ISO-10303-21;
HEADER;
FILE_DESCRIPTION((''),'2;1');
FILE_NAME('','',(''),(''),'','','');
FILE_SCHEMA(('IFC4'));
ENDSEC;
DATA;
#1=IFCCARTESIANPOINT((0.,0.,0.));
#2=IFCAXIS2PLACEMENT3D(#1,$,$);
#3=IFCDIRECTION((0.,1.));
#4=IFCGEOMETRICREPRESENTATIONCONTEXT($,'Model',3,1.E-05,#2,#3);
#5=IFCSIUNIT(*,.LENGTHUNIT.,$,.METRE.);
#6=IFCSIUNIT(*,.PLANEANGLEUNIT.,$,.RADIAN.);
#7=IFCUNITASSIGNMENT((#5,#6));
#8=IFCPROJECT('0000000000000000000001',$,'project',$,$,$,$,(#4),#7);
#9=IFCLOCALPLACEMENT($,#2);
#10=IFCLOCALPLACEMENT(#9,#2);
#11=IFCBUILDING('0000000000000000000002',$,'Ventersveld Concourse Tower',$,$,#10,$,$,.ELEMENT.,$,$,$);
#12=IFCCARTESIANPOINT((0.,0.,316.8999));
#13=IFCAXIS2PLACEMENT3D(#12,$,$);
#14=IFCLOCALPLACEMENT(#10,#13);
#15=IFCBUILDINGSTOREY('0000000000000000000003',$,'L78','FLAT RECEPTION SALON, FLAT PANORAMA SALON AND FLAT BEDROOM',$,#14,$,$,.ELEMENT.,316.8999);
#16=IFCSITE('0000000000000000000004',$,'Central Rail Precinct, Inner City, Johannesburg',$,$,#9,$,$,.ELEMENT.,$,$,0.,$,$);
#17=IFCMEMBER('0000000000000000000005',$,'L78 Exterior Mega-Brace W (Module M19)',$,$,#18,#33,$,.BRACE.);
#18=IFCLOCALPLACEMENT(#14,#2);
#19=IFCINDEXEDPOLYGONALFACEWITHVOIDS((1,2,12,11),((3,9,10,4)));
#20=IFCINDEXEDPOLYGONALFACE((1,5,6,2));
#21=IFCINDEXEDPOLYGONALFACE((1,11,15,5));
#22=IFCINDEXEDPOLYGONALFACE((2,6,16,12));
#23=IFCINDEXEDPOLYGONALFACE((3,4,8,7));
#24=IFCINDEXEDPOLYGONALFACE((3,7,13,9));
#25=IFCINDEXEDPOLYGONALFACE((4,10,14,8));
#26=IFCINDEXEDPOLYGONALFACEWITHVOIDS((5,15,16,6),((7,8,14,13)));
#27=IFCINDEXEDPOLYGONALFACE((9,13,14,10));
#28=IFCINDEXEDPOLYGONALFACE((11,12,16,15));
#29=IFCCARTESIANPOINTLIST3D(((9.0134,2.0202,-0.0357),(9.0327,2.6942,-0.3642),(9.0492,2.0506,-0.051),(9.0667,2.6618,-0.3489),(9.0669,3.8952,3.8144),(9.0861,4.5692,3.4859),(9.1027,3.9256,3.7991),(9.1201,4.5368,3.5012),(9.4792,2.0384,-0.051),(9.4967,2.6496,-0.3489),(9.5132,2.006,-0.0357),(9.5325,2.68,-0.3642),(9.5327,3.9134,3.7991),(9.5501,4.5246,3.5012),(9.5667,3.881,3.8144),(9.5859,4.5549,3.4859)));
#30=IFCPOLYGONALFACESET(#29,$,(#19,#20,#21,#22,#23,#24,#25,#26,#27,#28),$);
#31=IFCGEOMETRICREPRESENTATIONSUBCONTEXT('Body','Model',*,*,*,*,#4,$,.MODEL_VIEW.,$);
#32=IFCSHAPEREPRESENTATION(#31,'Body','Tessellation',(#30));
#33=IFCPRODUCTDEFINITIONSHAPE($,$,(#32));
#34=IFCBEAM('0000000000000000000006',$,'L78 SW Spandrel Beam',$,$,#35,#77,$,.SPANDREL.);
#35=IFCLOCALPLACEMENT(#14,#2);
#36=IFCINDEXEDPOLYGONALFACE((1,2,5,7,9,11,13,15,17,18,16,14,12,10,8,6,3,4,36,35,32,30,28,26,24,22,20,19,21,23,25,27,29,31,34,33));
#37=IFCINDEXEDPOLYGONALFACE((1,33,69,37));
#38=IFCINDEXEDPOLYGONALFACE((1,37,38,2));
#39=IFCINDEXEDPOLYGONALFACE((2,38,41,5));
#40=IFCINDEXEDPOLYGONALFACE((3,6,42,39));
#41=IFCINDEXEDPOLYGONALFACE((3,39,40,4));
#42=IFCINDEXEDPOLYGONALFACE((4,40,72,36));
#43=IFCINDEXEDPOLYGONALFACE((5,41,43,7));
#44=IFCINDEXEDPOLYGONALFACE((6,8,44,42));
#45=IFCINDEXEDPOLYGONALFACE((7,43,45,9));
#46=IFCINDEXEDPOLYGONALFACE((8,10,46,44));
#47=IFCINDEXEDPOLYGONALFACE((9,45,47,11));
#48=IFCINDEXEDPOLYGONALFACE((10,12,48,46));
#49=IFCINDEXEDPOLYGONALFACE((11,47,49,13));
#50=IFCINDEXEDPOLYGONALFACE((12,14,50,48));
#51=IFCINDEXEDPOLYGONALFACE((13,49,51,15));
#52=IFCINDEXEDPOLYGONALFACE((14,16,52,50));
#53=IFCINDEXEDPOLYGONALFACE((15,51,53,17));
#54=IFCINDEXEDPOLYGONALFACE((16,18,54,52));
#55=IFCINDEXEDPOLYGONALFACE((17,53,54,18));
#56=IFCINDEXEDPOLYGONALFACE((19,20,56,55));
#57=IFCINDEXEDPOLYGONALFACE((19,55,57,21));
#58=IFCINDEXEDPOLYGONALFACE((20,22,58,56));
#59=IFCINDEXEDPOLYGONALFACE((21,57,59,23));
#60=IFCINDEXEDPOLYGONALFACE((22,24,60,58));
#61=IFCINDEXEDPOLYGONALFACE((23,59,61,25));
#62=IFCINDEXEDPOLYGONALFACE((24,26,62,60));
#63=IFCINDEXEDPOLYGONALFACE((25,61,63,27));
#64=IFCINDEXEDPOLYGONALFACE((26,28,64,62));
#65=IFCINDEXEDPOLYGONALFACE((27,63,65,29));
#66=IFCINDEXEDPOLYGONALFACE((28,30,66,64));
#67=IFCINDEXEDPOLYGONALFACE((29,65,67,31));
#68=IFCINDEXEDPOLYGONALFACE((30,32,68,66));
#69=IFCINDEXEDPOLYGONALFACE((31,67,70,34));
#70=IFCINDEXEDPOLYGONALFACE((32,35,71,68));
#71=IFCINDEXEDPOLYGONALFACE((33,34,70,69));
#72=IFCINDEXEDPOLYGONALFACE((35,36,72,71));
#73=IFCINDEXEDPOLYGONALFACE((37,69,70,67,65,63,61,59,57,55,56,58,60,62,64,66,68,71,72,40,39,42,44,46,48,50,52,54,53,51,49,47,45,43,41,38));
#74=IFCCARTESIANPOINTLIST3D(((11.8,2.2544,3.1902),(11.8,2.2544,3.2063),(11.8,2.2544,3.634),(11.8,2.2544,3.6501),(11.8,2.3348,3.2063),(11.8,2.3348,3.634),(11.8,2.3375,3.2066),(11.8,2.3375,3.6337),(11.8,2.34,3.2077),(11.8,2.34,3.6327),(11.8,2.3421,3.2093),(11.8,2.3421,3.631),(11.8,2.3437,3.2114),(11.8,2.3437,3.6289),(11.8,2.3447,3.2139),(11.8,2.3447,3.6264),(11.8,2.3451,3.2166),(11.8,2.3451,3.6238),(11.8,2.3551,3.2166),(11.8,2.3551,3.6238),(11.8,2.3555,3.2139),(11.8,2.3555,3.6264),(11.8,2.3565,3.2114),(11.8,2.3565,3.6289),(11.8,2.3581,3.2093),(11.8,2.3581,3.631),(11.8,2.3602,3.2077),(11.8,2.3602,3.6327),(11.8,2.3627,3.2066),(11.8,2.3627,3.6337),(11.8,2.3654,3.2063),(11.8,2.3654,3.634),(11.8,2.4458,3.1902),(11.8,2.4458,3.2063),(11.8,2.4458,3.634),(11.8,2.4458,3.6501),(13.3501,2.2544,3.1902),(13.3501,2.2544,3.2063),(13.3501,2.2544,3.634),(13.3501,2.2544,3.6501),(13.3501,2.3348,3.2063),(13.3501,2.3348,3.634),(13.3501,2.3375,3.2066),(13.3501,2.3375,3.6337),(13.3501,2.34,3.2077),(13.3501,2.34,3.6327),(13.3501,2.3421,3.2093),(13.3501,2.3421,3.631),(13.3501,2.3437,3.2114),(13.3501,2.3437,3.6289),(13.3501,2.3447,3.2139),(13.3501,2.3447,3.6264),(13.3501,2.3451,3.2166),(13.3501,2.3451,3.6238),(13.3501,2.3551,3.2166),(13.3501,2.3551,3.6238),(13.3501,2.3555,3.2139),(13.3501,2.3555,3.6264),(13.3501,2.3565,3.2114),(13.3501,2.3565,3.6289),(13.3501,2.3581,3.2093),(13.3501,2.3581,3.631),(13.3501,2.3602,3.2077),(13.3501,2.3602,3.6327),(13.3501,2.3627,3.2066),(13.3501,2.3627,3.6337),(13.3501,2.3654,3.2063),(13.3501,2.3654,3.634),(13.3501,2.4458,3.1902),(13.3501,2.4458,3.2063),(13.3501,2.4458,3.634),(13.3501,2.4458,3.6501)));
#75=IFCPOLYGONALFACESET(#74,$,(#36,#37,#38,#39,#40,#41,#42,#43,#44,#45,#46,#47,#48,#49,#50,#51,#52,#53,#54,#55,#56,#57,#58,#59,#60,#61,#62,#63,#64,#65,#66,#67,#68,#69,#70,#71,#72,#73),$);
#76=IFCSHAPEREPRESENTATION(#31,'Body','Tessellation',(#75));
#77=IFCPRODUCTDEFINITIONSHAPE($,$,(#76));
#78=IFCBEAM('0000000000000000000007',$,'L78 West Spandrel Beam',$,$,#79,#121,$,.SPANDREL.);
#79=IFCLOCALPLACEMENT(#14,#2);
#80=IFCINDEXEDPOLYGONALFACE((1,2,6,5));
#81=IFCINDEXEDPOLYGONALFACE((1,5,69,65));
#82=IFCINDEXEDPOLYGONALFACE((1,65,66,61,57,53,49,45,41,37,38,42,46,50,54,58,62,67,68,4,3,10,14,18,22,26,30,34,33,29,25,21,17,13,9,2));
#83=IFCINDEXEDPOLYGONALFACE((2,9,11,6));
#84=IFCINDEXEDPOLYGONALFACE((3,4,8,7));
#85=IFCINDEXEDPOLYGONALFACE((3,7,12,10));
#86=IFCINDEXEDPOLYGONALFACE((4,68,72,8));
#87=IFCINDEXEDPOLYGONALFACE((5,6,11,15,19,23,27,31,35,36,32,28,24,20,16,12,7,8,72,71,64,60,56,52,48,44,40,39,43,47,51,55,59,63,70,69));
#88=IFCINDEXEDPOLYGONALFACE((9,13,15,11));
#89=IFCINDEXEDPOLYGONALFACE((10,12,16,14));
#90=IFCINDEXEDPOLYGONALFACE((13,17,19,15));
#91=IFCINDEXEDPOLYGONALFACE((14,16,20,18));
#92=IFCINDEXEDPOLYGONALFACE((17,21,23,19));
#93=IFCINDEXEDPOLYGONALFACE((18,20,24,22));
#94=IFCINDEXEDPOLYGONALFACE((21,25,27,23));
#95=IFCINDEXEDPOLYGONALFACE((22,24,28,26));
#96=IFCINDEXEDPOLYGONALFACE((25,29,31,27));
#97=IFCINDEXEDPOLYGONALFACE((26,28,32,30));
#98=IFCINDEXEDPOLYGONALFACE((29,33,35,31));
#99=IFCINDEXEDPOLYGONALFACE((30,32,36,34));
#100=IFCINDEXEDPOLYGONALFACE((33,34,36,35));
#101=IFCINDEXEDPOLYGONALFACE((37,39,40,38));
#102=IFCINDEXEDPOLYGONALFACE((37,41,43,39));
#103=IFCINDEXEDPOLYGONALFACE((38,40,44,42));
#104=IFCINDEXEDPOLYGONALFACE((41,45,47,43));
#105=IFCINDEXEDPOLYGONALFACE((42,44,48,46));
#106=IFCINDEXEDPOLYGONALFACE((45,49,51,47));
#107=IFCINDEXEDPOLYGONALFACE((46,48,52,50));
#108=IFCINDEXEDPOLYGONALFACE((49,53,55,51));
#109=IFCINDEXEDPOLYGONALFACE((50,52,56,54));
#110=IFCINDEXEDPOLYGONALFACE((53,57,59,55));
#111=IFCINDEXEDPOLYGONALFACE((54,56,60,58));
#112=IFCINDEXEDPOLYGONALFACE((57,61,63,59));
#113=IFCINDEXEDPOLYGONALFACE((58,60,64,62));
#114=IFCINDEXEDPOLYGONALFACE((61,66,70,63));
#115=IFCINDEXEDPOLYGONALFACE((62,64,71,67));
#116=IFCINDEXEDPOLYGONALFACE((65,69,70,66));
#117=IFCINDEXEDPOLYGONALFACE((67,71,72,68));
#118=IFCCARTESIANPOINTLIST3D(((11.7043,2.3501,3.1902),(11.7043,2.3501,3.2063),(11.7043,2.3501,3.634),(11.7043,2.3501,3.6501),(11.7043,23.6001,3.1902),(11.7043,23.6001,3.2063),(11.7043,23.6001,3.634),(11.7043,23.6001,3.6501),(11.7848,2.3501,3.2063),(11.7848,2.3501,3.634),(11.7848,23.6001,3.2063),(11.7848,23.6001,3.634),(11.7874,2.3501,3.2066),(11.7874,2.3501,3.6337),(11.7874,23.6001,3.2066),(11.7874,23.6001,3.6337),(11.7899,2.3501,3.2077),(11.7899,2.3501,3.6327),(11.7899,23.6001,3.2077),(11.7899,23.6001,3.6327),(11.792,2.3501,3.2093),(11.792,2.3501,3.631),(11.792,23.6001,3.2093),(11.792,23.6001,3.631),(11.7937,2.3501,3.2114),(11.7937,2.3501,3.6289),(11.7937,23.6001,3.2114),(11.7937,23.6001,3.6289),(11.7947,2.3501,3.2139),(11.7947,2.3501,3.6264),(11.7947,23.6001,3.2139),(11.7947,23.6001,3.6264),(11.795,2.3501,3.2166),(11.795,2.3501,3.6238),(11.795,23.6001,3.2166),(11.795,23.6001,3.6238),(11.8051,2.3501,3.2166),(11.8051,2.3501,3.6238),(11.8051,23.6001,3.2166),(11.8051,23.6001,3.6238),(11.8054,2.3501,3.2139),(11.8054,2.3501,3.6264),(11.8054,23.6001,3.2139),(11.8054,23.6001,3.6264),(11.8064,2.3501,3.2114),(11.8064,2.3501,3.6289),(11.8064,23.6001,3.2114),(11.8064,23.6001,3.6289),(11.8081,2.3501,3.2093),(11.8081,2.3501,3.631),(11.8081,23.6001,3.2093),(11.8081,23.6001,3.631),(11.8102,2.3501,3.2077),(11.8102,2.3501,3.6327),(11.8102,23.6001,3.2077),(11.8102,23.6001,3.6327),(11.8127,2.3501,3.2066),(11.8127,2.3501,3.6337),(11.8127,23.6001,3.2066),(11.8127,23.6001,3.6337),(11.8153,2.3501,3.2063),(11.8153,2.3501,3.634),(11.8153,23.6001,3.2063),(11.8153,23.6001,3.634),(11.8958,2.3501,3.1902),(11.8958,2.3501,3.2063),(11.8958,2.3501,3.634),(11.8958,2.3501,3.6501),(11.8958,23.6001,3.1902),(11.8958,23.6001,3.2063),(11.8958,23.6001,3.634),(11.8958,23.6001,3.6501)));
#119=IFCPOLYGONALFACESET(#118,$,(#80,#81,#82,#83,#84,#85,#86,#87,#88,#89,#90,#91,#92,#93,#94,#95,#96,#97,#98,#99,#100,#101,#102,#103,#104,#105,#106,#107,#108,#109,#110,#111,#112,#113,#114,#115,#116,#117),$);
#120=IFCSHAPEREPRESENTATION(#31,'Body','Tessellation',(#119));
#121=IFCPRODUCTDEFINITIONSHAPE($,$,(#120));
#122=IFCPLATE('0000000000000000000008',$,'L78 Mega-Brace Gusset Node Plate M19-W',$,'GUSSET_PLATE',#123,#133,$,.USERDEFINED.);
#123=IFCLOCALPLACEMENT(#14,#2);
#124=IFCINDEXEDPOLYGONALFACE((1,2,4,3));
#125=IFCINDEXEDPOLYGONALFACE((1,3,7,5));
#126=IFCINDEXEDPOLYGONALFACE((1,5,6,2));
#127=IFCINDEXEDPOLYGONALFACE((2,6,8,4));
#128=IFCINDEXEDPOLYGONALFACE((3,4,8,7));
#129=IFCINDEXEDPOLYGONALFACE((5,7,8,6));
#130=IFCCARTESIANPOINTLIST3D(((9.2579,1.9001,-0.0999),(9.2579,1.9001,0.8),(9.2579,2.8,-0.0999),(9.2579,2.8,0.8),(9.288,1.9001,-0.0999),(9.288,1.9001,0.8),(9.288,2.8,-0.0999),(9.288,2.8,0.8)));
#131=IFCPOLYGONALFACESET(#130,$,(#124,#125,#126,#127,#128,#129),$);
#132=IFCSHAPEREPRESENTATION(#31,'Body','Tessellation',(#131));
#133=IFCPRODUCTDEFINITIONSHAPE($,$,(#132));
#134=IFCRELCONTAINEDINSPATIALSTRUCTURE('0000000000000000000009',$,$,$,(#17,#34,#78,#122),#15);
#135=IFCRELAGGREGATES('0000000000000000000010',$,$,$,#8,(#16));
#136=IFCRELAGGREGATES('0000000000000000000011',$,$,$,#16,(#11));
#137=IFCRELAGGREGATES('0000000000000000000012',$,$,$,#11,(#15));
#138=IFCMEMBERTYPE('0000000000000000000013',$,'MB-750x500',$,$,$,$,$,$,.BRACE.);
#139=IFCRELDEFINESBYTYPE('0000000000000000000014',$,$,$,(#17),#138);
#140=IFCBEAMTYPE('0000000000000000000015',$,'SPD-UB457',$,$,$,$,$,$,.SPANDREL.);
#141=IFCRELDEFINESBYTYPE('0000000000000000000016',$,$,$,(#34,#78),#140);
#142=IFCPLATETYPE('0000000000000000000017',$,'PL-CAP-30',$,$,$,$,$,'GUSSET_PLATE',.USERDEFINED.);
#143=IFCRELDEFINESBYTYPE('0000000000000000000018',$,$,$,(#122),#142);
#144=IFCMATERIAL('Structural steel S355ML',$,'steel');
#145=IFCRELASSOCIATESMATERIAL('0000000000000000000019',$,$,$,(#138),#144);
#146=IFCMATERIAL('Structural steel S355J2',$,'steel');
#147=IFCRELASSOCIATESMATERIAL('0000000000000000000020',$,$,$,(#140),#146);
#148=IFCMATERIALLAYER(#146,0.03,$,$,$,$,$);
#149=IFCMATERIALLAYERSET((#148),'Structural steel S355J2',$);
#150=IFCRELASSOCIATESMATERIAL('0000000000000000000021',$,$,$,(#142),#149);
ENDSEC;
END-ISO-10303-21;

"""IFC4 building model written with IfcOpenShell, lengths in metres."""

from ifc_helpers import new_model, si_unit, direction, frame, origin, origin_2d, place, context, subcontext, project, spatial, rectangle, hollow_rectangle, i_section, extrude, material, layer, layer_set, material_profile, profile_set, type_object, element, save


model = new_model("IFC4")

# Units and contexts
model_context = context("Model", 3, precision=1e-05, world=origin(), true_north=direction((0.0, 1.0)))
body_context = subcontext(model_context, "Body", "Model", "MODEL_VIEW")
ifc_project = project(units=[si_unit("LENGTHUNIT", "METRE"), si_unit("PLANEANGLEUNIT", "RADIAN")], contexts=[model_context])

# Site, building, storey
site_placement = place(None, origin())
site = spatial("IfcSite", under=ifc_project, at=site_placement, Name="Central Rail Precinct, Inner City, Johannesburg", CompositionType="ELEMENT", RefElevation=0.0)
building_placement = place(site_placement, origin())
building = spatial("IfcBuilding", under=site, at=building_placement, Name="Ventersveld Concourse Tower", CompositionType="ELEMENT")
storey_placement = place(building_placement, frame((0.0, 0.0, 316.8999)))
storey = spatial("IfcBuildingStorey", under=building, at=storey_placement, Name="L78", Description="FLAT RECEPTION SALON, FLAT PANORAMA SALON AND FLAT BEDROOM", CompositionType="ELEMENT", Elevation=316.8999)

# Shared definitions
ifc_material_1 = material(Name="Structural steel S355J2", Category="steel")

# Member
ifc_material_2 = material(Name="Structural steel S355ML", Category="steel")
ifc_material_profile_1 = material_profile(ifc_material_2, hollow_rectangle(XDim=0.5, YDim=0.75, WallThickness=0.0349, at=origin_2d()), Name="BOX 750x500x35")
ifc_profile_set_1 = profile_set([ifc_material_profile_1], Name="Structural steel S355ML")
member_type = type_object("IfcMemberType", Name="MB-750x500", PredefinedType="BRACE", material=ifc_profile_set_1)
member_placement = place(storey_placement, frame((9.2729, 2.3501, -0.2), z_axis=(0.012484, 0.437805, 0.898983), x_axis=(-0.999594, 0.028504, 0.0)))
element("IfcMember", 1, at=member_placement, inside=storey, type_object=member_type, Name="L78 Exterior Mega-Brace W (Module M19)", PredefinedType="BRACE", context=body_context, shape_type="SweptSolid", body=[
    extrude(hollow_rectangle(XDim=0.5, YDim=0.75, WallThickness=0.0349, at=origin_2d()), origin(), (0.0, 0.0, 1.0), 4.2827),
])

# Beams
ifc_material_profile_2 = material_profile(ifc_material_1, i_section(OverallWidth=0.1914, OverallDepth=0.46, WebThickness=0.01, FlangeThickness=0.0161, FilletRadius=0.0103, at=origin_2d()), Name="UB 457x191x82")
ifc_profile_set_2 = profile_set([ifc_material_profile_2], Name="Structural steel S355J2")
beam_type_1 = type_object("IfcBeamType", Name="SPD-UB457", PredefinedType="SPANDREL", material=ifc_profile_set_2)
beam_1_placement = place(storey_placement, frame((11.8, 2.3501, 3.4202), z_axis=(1.0, 0.0, 0.0), x_axis=(0.0, 1.0, 0.0)))
element("IfcBeam", 2, at=beam_1_placement, inside=storey, type_object=beam_type_1, Name="L78 SW Spandrel Beam", PredefinedType="SPANDREL", context=body_context, shape_type="SweptSolid", body=[
    extrude(i_section(OverallWidth=0.1914, OverallDepth=0.46, WebThickness=0.01, FlangeThickness=0.0161, FilletRadius=0.0103, at=origin_2d()), origin(), (0.0, 0.0, 1.0), 1.55),
])
beam_2_placement = place(storey_placement, frame((11.8, 2.3501, 3.4202), z_axis=(0.0, 1.0, 0.0), x_axis=(-1.0, 0.0, 0.0)))
element("IfcBeam", 3, at=beam_2_placement, inside=storey, type_object=beam_type_1, Name="L78 West Spandrel Beam", PredefinedType="SPANDREL", context=body_context, shape_type="SweptSolid", body=[
    extrude(i_section(OverallWidth=0.1914, OverallDepth=0.46, WebThickness=0.01, FlangeThickness=0.0161, FilletRadius=0.0103, at=origin_2d()), origin(), (0.0, 0.0, 1.0), 21.25),
])

# Plate
ifc_layer_1 = layer(ifc_material_1, 0.03)
ifc_layer_set_1 = layer_set([ifc_layer_1], Name="Structural steel S355J2")
plate_type = type_object("IfcPlateType", Name="PL-CAP-30", ElementType="GUSSET_PLATE", PredefinedType="USERDEFINED", material=ifc_layer_set_1)
plate_placement = place(storey_placement, frame((9.2729, 2.3501, -0.0999), z_axis=(0.0, 0.0, 1.0), x_axis=(0.0, 1.0, 0.0)))
element("IfcPlate", 4, at=plate_placement, inside=storey, type_object=plate_type, Name="L78 Mega-Brace Gusset Node Plate M19-W", ObjectType="GUSSET_PLATE", PredefinedType="USERDEFINED", context=body_context, shape_type="SweptSolid", body=[
    extrude(rectangle(XDim=0.8999, YDim=0.03, at=origin_2d()), origin(), (0.0, 0.0, 1.0), 0.8999),
])

save(model, "model.ifc")
